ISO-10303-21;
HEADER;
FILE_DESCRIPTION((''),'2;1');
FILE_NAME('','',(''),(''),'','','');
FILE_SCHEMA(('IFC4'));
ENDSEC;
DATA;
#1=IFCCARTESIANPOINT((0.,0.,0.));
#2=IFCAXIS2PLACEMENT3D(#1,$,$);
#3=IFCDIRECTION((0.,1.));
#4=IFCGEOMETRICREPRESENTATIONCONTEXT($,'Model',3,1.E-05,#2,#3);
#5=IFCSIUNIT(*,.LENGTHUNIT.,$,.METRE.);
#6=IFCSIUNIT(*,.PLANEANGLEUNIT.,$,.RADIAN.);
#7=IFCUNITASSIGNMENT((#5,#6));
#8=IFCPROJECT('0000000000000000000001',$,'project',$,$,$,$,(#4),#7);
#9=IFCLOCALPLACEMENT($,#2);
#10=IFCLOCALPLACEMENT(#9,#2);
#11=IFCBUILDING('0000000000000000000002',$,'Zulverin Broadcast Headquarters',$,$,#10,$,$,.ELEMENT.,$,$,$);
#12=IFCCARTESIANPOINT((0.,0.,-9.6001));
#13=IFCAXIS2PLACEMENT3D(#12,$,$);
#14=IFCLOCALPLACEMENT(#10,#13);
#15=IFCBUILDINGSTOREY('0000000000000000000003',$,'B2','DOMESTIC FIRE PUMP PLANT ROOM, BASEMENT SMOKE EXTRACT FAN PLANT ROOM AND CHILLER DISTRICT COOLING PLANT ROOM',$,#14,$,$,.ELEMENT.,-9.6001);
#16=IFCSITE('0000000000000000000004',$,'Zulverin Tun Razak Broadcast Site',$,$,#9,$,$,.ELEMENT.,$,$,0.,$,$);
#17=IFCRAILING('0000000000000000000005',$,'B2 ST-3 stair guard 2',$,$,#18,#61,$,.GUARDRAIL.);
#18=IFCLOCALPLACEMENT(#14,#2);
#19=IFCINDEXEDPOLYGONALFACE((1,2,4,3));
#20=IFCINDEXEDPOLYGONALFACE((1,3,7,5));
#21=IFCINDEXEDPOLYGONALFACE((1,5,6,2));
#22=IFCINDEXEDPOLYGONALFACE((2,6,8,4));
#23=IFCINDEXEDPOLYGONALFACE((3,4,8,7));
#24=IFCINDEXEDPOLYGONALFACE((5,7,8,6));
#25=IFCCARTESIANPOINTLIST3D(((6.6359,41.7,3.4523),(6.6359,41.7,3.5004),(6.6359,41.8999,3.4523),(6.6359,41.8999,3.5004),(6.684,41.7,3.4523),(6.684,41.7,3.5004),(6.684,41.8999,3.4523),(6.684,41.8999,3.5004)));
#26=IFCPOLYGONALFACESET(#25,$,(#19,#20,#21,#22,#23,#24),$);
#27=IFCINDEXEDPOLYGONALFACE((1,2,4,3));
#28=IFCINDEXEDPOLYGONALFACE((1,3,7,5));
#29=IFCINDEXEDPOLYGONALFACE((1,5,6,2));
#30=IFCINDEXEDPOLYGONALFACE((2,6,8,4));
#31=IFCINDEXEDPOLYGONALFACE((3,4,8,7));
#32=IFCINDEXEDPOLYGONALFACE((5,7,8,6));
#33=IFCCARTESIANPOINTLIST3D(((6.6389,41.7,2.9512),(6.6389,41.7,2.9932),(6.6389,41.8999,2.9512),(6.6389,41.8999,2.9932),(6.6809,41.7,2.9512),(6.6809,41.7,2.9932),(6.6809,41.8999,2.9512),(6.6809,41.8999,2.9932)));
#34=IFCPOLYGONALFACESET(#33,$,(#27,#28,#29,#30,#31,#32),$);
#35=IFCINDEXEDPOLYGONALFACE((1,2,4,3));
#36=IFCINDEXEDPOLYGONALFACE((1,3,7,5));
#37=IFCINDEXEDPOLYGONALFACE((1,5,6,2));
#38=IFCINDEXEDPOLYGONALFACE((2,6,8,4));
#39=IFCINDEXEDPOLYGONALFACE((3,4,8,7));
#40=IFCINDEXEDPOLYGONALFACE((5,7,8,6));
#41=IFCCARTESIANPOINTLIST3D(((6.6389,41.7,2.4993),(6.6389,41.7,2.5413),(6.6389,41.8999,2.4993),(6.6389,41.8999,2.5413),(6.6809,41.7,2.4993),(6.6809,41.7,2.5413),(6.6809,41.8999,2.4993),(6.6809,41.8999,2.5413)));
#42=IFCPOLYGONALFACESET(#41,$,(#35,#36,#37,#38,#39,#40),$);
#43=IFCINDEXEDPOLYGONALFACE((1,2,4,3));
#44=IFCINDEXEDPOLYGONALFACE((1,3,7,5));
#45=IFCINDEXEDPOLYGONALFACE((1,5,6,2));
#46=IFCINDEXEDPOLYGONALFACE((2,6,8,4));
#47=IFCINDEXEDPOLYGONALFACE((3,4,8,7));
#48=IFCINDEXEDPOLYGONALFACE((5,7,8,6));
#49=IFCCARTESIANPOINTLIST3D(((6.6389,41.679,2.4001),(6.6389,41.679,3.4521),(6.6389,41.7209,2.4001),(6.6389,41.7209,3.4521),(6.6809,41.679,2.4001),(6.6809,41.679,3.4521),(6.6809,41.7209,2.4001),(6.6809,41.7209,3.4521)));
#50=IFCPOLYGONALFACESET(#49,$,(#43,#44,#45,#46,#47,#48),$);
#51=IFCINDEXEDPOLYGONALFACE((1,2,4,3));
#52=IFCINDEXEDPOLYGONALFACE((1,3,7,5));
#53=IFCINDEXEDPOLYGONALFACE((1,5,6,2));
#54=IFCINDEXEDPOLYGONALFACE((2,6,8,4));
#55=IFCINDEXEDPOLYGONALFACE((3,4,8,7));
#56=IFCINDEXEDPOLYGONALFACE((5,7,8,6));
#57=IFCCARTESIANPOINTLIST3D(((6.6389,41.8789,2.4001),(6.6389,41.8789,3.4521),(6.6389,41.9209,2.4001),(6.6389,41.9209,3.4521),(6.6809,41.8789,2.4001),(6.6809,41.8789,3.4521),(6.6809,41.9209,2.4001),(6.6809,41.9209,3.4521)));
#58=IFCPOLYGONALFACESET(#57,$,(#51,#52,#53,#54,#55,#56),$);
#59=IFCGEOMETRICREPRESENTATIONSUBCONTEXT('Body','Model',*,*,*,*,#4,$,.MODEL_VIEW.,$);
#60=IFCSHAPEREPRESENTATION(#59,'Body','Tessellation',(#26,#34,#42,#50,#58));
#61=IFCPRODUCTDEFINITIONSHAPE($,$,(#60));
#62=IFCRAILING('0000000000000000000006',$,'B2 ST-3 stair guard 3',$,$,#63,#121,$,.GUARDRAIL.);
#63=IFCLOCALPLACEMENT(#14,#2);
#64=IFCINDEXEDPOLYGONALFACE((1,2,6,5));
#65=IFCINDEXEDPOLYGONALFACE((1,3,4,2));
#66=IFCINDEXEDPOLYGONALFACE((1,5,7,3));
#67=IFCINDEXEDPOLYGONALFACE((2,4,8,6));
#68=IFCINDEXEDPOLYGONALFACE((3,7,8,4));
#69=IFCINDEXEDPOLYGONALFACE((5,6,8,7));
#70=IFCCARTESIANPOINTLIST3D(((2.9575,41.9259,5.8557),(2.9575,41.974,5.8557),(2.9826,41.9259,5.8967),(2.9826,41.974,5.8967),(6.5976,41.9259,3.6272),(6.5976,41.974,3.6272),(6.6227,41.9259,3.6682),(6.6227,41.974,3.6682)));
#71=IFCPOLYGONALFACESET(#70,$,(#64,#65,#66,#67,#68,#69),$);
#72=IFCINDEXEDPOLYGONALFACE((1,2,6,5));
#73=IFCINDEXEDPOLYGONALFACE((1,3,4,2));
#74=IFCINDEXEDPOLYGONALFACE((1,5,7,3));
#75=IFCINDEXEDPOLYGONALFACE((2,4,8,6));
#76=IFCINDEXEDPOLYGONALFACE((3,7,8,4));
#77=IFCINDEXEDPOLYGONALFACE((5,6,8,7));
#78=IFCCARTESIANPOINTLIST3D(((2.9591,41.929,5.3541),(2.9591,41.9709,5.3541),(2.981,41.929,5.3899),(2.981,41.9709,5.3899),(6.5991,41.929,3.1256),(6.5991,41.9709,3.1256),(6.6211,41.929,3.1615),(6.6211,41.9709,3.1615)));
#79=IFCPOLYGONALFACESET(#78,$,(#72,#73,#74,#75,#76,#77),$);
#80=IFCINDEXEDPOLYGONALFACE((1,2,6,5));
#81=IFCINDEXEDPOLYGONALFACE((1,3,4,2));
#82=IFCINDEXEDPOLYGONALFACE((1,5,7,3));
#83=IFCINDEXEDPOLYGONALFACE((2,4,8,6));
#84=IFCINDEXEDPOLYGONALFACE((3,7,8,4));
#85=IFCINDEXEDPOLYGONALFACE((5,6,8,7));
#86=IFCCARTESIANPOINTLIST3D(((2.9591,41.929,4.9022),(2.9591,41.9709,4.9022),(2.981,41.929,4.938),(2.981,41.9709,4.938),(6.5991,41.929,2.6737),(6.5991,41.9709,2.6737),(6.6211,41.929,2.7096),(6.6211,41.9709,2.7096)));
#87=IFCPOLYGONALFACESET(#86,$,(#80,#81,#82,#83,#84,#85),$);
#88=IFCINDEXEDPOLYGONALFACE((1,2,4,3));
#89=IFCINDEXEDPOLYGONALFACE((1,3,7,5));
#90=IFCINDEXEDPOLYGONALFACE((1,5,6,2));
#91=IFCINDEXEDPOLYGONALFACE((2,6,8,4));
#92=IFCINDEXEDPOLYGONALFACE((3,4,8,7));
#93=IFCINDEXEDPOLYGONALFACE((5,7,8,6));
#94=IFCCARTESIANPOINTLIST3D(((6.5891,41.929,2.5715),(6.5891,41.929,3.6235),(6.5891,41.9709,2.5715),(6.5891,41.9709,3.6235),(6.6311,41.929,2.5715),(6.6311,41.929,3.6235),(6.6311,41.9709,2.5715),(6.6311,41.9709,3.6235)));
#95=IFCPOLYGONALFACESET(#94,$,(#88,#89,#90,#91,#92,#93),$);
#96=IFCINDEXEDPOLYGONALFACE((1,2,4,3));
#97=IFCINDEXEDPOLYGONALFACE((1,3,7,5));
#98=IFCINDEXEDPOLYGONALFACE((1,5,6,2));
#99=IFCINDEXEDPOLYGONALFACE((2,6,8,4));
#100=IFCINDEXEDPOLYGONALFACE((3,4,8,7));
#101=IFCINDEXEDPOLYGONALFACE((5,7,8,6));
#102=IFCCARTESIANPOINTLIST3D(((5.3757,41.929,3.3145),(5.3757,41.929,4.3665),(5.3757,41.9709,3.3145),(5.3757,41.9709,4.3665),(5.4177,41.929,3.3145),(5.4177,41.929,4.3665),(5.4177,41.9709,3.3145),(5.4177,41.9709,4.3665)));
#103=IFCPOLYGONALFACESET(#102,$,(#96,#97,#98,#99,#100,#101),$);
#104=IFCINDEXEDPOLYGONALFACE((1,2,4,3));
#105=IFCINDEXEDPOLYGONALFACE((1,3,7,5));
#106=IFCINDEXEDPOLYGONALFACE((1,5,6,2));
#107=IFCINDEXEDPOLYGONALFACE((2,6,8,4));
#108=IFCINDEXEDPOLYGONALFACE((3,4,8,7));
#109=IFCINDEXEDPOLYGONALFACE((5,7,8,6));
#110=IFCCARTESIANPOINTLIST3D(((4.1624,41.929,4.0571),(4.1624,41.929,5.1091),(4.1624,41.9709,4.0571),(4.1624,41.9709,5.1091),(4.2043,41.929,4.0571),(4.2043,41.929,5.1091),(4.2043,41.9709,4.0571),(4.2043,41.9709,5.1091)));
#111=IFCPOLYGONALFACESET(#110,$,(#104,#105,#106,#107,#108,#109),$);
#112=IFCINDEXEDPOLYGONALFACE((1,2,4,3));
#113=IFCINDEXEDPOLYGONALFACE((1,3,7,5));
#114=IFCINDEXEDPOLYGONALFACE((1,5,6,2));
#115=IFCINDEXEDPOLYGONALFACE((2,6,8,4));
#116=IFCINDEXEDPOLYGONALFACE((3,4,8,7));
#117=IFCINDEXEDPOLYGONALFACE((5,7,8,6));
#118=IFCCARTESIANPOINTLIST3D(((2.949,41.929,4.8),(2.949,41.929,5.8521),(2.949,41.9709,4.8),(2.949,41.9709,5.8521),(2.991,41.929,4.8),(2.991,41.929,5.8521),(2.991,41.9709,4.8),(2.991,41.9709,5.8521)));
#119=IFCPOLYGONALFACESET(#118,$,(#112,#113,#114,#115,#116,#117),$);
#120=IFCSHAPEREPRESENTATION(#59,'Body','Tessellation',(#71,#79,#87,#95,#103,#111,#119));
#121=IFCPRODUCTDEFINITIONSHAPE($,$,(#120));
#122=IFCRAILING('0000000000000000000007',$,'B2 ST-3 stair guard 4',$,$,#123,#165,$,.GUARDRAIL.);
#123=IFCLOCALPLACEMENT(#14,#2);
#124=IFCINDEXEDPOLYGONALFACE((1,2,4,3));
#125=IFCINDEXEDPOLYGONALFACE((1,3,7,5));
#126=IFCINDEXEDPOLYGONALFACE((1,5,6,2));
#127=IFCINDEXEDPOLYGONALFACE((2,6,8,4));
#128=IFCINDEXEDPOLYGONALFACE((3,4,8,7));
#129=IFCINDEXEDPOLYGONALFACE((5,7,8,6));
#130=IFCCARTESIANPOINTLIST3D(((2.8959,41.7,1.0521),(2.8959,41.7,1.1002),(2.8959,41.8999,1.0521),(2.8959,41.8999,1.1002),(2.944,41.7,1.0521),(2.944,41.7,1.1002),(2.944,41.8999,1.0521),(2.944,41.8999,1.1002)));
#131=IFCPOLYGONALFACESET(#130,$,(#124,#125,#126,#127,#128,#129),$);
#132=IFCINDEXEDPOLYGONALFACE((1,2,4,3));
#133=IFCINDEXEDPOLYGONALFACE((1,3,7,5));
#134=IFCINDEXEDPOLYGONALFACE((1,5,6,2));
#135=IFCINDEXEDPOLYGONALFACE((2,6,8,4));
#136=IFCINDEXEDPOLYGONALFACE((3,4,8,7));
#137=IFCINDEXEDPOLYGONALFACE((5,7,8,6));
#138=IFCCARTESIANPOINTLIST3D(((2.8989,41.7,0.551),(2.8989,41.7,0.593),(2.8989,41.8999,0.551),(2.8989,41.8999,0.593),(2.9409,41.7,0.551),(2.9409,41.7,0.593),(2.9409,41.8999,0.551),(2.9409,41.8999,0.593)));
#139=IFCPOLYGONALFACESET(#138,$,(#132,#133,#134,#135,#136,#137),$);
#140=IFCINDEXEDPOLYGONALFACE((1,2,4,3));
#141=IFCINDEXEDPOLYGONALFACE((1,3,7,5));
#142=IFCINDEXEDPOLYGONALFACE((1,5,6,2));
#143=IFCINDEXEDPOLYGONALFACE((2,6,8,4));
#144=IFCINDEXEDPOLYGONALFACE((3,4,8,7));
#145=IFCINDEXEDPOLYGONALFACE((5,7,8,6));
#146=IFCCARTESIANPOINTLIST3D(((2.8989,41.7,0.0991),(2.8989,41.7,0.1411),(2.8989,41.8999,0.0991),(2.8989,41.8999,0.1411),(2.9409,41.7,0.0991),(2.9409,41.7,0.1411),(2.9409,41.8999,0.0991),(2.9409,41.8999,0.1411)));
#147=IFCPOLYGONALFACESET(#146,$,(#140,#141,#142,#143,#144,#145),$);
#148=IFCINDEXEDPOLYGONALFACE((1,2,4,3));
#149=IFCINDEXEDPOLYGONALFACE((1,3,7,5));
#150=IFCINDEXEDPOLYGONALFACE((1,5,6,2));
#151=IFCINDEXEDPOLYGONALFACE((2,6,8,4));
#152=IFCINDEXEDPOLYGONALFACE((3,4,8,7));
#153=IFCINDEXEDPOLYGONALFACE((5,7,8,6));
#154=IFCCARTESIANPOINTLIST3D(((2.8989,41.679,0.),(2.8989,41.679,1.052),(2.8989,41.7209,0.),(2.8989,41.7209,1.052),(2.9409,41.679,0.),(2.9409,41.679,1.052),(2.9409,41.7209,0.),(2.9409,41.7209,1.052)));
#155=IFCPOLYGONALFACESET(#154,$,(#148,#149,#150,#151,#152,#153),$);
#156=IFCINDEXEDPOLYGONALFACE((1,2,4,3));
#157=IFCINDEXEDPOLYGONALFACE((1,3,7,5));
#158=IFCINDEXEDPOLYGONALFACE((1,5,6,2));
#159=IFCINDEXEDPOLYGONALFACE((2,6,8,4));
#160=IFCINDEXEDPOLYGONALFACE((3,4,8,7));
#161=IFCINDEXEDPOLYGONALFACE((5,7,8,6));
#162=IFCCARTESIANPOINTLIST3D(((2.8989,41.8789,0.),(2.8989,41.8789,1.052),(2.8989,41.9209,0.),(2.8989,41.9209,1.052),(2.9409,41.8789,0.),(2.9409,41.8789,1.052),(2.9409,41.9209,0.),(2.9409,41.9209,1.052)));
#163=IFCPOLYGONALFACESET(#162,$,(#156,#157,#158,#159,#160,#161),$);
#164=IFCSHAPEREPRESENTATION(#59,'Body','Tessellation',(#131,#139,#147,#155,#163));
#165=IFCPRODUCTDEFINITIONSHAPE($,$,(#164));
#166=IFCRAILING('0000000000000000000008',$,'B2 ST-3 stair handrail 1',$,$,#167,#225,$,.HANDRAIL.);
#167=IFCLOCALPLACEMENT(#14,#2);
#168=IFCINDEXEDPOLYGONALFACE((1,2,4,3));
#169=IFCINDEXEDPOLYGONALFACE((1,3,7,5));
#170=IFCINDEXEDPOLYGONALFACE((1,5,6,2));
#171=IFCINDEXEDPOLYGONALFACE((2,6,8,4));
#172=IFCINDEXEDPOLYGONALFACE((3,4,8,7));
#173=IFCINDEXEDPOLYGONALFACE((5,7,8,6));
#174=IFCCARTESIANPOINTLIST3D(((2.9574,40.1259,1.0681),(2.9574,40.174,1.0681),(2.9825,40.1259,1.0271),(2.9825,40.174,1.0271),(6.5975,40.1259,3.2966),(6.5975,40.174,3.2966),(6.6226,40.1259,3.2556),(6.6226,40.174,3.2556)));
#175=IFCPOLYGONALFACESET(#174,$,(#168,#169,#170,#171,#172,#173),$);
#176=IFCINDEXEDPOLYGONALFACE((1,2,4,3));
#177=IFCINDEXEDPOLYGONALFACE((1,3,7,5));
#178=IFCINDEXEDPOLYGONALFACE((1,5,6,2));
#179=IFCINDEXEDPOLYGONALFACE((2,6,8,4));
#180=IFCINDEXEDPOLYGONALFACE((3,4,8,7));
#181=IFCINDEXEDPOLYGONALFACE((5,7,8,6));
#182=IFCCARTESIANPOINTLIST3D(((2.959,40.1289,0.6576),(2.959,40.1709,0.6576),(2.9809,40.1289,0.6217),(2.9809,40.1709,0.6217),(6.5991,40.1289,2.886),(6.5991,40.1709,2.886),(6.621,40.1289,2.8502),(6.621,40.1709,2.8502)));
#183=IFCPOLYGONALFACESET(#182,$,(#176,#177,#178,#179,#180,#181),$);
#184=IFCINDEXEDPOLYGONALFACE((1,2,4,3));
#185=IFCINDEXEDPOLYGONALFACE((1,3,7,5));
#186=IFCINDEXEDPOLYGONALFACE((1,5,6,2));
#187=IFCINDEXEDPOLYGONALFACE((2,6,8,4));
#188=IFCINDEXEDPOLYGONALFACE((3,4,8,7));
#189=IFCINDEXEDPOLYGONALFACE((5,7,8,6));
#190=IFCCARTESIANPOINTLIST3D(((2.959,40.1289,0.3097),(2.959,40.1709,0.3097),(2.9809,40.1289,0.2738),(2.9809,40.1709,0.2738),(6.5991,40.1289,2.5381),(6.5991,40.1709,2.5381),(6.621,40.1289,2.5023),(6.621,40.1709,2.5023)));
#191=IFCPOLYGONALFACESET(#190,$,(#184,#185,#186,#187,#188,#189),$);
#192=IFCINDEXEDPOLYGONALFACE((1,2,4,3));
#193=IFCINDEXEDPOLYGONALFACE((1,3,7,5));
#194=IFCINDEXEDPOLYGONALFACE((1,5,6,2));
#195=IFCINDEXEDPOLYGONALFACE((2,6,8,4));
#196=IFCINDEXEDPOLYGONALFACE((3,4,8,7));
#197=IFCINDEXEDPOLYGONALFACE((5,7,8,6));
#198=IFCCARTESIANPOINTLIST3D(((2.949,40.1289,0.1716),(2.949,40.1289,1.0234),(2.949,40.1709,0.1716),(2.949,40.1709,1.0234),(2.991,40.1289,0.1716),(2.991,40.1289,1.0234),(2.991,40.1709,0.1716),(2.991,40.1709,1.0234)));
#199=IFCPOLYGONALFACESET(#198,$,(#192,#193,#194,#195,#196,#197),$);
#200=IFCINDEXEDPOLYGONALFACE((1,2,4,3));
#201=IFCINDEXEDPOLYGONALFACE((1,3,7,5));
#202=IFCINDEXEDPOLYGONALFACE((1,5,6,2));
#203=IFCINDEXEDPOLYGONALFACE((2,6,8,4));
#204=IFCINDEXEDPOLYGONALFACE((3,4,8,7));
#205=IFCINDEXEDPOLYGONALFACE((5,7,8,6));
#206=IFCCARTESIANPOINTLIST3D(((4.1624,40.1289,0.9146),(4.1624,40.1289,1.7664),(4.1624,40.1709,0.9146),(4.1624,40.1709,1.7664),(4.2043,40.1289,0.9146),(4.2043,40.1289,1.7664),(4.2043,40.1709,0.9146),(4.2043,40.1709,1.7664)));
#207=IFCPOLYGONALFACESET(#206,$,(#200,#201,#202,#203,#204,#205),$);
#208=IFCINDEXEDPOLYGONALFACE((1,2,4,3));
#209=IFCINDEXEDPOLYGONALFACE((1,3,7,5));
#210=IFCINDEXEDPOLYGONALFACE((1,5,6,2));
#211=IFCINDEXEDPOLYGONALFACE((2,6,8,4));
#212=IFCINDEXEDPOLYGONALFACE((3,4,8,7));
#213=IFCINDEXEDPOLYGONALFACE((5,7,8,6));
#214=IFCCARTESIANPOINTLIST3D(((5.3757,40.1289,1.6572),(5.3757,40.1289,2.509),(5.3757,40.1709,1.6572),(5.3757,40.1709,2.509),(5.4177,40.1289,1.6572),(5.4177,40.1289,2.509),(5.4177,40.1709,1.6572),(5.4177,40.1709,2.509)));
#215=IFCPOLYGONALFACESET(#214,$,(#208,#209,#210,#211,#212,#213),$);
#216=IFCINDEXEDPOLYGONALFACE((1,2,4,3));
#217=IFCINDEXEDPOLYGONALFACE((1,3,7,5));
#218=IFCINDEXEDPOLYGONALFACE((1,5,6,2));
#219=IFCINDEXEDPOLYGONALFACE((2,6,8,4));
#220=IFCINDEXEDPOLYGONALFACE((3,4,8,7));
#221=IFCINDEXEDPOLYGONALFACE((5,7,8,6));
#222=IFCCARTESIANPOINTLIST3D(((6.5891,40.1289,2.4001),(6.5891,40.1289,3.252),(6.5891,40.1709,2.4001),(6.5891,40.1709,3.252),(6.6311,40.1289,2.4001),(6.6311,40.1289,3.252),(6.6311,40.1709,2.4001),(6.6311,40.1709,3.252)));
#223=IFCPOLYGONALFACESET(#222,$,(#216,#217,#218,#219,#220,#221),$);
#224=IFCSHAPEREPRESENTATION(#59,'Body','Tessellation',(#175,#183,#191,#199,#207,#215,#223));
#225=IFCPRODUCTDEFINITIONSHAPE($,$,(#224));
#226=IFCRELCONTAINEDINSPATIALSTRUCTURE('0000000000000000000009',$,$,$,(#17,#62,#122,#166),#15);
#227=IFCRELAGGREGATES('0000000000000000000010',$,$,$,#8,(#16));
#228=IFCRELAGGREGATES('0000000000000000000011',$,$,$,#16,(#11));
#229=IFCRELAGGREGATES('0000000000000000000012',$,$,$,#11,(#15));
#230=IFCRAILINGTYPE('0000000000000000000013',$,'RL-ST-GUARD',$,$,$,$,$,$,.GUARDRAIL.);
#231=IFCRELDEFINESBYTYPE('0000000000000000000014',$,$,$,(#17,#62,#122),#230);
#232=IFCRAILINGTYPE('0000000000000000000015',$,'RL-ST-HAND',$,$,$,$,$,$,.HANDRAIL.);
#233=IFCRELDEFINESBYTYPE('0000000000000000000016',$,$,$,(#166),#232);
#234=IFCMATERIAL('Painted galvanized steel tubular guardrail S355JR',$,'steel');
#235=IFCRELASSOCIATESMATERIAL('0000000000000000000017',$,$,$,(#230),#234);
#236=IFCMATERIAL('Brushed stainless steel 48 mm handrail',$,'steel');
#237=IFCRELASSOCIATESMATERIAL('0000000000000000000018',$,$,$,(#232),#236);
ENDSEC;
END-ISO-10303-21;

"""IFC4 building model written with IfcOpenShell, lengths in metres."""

from ifc_helpers import new_model, si_unit, direction, frame, origin, origin_2d, place, context, subcontext, project, spatial, rectangle, extrude, material, type_object, element, save


model = new_model("IFC4")

# Units and contexts
model_context = context("Model", 3, precision=1e-05, world=origin(), true_north=direction((0.0, 1.0)))
body_context = subcontext(model_context, "Body", "Model", "MODEL_VIEW")
ifc_project = project(units=[si_unit("LENGTHUNIT", "METRE"), si_unit("PLANEANGLEUNIT", "RADIAN")], contexts=[model_context])

# Site, building, storey
site_placement = place(None, origin())
site = spatial("IfcSite", under=ifc_project, at=site_placement, Name="Zulverin Tun Razak Broadcast Site", CompositionType="ELEMENT", RefElevation=0.0)
building_placement = place(site_placement, origin())
building = spatial("IfcBuilding", under=site, at=building_placement, Name="Zulverin Broadcast Headquarters", CompositionType="ELEMENT")
storey_placement = place(building_placement, frame((0.0, 0.0, -9.6001)))
storey = spatial("IfcBuildingStorey", under=building, at=storey_placement, Name="B2", Description="DOMESTIC FIRE PUMP PLANT ROOM, BASEMENT SMOKE EXTRACT FAN PLANT ROOM AND CHILLER DISTRICT COOLING PLANT ROOM", CompositionType="ELEMENT", Elevation=-9.6001)

# Railings
ifc_material_1 = material(Name="Painted galvanized steel tubular guardrail S355JR", Category="steel")
railing_type_1 = type_object("IfcRailingType", Name="RL-ST-GUARD", PredefinedType="GUARDRAIL", material=ifc_material_1)
railing_1_placement = place(storey_placement, frame((6.6599, 41.7, 2.4001)))
element("IfcRailing", 1, at=railing_1_placement, inside=storey, type_object=railing_type_1, Name="B2 ST-3 stair guard 2", PredefinedType="GUARDRAIL", context=body_context, shape_type="SweptSolid", body=[
    extrude(rectangle(XDim=0.0481, YDim=0.0481, at=origin_2d()), frame((0.0, 0.0, 1.0762), z_axis=(0.0, 1.0, 0.0), x_axis=(-1.0, 0.0, 0.0)), (0.0, 0.0, 1.0), 0.2),
    extrude(rectangle(XDim=0.042, YDim=0.042, at=origin_2d()), frame((0.0, 0.0, 0.572), z_axis=(0.0, 1.0, 0.0), x_axis=(-1.0, 0.0, 0.0)), (0.0, 0.0, 1.0), 0.2),
    extrude(rectangle(XDim=0.042, YDim=0.042, at=origin_2d()), frame((0.0, 0.0, 0.1201), z_axis=(0.0, 1.0, 0.0), x_axis=(-1.0, 0.0, 0.0)), (0.0, 0.0, 1.0), 0.2),
    extrude(rectangle(XDim=0.042, YDim=0.042, at=origin_2d()), origin(), (0.0, 0.0, 1.0), 1.052),
    extrude(rectangle(XDim=0.042, YDim=0.042, at=origin_2d()), frame((0.0, 0.2, 0.0)), (0.0, 0.0, 1.0), 1.052),
])
railing_2_placement = place(storey_placement, frame((6.6101, 41.95, 2.5715)))
element("IfcRailing", 2, at=railing_2_placement, inside=storey, type_object=railing_type_1, Name="B2 ST-3 stair guard 3", PredefinedType="GUARDRAIL", context=body_context, shape_type="SweptSolid", body=[
    extrude(rectangle(XDim=0.0481, YDim=0.0481, at=origin_2d()), frame((0.0, 0.0, 1.0762), z_axis=(-0.852866, 0.0, 0.52213), x_axis=(0.0, -1.0, 0.0)), (0.0, 0.0, 1.0), 4.2681),
    extrude(rectangle(XDim=0.042, YDim=0.042, at=origin_2d()), frame((0.0, 0.0, 0.572), z_axis=(-0.852866, 0.0, 0.52213), x_axis=(0.0, -1.0, 0.0)), (0.0, 0.0, 1.0), 4.2681),
    extrude(rectangle(XDim=0.042, YDim=0.042, at=origin_2d()), frame((0.0, 0.0, 0.1201), z_axis=(-0.852866, 0.0, 0.52213), x_axis=(0.0, -1.0, 0.0)), (0.0, 0.0, 1.0), 4.2681),
    extrude(rectangle(XDim=0.042, YDim=0.042, at=origin_2d()), origin(), (0.0, 0.0, 1.0), 1.052),
    extrude(rectangle(XDim=0.042, YDim=0.042, at=origin_2d()), frame((-1.2134, 0.0, 0.7429)), (0.0, 0.0, 1.0), 1.052),
    extrude(rectangle(XDim=0.042, YDim=0.042, at=origin_2d()), frame((-2.4268, 0.0, 1.4856)), (0.0, 0.0, 1.0), 1.052),
    extrude(rectangle(XDim=0.042, YDim=0.042, at=origin_2d()), frame((-3.6401, 0.0, 2.2285)), (0.0, 0.0, 1.0), 1.052),
])
railing_3_placement = place(storey_placement, frame((2.9199, 41.7, 0.0)))
element("IfcRailing", 3, at=railing_3_placement, inside=storey, type_object=railing_type_1, Name="B2 ST-3 stair guard 4", PredefinedType="GUARDRAIL", context=body_context, shape_type="SweptSolid", body=[
    extrude(rectangle(XDim=0.0481, YDim=0.0481, at=origin_2d()), frame((0.0, 0.0, 1.0762), z_axis=(0.0, 1.0, 0.0), x_axis=(-1.0, 0.0, 0.0)), (0.0, 0.0, 1.0), 0.2),
    extrude(rectangle(XDim=0.042, YDim=0.042, at=origin_2d()), frame((0.0, 0.0, 0.572), z_axis=(0.0, 1.0, 0.0), x_axis=(-1.0, 0.0, 0.0)), (0.0, 0.0, 1.0), 0.2),
    extrude(rectangle(XDim=0.042, YDim=0.042, at=origin_2d()), frame((0.0, 0.0, 0.1201), z_axis=(0.0, 1.0, 0.0), x_axis=(-1.0, 0.0, 0.0)), (0.0, 0.0, 1.0), 0.2),
    extrude(rectangle(XDim=0.042, YDim=0.042, at=origin_2d()), origin(), (0.0, 0.0, 1.0), 1.052),
    extrude(rectangle(XDim=0.042, YDim=0.042, at=origin_2d()), frame((0.0, 0.2, 0.0)), (0.0, 0.0, 1.0), 1.052),
])
ifc_material_2 = material(Name="Brushed stainless steel 48 mm handrail", Category="steel")
railing_type_2 = type_object("IfcRailingType", Name="RL-ST-HAND", PredefinedType="HANDRAIL", material=ifc_material_2)
railing_4_placement = place(storey_placement, frame((2.97, 40.1499, 0.1716)))
element("IfcRailing", 4, at=railing_4_placement, inside=storey, type_object=railing_type_2, Name="B2 ST-3 stair handrail 1", PredefinedType="HANDRAIL", context=body_context, shape_type="SweptSolid", body=[
    extrude(rectangle(XDim=0.0481, YDim=0.0481, at=origin_2d()), frame((0.0, 0.0, 0.876), z_axis=(0.852866, 0.0, 0.52213), x_axis=(0.0, 1.0, 0.0)), (0.0, 0.0, 1.0), 4.2681),
    extrude(rectangle(XDim=0.042, YDim=0.042, at=origin_2d()), frame((0.0, 0.0, 0.468), z_axis=(0.852866, 0.0, 0.52213), x_axis=(0.0, 1.0, 0.0)), (0.0, 0.0, 1.0), 4.2681),
    extrude(rectangle(XDim=0.042, YDim=0.042, at=origin_2d()), frame((0.0, 0.0, 0.1201), z_axis=(0.852866, 0.0, 0.52213), x_axis=(0.0, 1.0, 0.0)), (0.0, 0.0, 1.0), 4.2681),
    extrude(rectangle(XDim=0.042, YDim=0.042, at=origin_2d()), origin(), (0.0, 0.0, 1.0), 0.8518),
    extrude(rectangle(XDim=0.042, YDim=0.042, at=origin_2d()), frame((1.2134, 0.0, 0.7429)), (0.0, 0.0, 1.0), 0.8518),
    extrude(rectangle(XDim=0.042, YDim=0.042, at=origin_2d()), frame((2.4268, 0.0, 1.4856)), (0.0, 0.0, 1.0), 0.8518),
    extrude(rectangle(XDim=0.042, YDim=0.042, at=origin_2d()), frame((3.6401, 0.0, 2.2285)), (0.0, 0.0, 1.0), 0.8518),
])

save(model, "model.ifc")
